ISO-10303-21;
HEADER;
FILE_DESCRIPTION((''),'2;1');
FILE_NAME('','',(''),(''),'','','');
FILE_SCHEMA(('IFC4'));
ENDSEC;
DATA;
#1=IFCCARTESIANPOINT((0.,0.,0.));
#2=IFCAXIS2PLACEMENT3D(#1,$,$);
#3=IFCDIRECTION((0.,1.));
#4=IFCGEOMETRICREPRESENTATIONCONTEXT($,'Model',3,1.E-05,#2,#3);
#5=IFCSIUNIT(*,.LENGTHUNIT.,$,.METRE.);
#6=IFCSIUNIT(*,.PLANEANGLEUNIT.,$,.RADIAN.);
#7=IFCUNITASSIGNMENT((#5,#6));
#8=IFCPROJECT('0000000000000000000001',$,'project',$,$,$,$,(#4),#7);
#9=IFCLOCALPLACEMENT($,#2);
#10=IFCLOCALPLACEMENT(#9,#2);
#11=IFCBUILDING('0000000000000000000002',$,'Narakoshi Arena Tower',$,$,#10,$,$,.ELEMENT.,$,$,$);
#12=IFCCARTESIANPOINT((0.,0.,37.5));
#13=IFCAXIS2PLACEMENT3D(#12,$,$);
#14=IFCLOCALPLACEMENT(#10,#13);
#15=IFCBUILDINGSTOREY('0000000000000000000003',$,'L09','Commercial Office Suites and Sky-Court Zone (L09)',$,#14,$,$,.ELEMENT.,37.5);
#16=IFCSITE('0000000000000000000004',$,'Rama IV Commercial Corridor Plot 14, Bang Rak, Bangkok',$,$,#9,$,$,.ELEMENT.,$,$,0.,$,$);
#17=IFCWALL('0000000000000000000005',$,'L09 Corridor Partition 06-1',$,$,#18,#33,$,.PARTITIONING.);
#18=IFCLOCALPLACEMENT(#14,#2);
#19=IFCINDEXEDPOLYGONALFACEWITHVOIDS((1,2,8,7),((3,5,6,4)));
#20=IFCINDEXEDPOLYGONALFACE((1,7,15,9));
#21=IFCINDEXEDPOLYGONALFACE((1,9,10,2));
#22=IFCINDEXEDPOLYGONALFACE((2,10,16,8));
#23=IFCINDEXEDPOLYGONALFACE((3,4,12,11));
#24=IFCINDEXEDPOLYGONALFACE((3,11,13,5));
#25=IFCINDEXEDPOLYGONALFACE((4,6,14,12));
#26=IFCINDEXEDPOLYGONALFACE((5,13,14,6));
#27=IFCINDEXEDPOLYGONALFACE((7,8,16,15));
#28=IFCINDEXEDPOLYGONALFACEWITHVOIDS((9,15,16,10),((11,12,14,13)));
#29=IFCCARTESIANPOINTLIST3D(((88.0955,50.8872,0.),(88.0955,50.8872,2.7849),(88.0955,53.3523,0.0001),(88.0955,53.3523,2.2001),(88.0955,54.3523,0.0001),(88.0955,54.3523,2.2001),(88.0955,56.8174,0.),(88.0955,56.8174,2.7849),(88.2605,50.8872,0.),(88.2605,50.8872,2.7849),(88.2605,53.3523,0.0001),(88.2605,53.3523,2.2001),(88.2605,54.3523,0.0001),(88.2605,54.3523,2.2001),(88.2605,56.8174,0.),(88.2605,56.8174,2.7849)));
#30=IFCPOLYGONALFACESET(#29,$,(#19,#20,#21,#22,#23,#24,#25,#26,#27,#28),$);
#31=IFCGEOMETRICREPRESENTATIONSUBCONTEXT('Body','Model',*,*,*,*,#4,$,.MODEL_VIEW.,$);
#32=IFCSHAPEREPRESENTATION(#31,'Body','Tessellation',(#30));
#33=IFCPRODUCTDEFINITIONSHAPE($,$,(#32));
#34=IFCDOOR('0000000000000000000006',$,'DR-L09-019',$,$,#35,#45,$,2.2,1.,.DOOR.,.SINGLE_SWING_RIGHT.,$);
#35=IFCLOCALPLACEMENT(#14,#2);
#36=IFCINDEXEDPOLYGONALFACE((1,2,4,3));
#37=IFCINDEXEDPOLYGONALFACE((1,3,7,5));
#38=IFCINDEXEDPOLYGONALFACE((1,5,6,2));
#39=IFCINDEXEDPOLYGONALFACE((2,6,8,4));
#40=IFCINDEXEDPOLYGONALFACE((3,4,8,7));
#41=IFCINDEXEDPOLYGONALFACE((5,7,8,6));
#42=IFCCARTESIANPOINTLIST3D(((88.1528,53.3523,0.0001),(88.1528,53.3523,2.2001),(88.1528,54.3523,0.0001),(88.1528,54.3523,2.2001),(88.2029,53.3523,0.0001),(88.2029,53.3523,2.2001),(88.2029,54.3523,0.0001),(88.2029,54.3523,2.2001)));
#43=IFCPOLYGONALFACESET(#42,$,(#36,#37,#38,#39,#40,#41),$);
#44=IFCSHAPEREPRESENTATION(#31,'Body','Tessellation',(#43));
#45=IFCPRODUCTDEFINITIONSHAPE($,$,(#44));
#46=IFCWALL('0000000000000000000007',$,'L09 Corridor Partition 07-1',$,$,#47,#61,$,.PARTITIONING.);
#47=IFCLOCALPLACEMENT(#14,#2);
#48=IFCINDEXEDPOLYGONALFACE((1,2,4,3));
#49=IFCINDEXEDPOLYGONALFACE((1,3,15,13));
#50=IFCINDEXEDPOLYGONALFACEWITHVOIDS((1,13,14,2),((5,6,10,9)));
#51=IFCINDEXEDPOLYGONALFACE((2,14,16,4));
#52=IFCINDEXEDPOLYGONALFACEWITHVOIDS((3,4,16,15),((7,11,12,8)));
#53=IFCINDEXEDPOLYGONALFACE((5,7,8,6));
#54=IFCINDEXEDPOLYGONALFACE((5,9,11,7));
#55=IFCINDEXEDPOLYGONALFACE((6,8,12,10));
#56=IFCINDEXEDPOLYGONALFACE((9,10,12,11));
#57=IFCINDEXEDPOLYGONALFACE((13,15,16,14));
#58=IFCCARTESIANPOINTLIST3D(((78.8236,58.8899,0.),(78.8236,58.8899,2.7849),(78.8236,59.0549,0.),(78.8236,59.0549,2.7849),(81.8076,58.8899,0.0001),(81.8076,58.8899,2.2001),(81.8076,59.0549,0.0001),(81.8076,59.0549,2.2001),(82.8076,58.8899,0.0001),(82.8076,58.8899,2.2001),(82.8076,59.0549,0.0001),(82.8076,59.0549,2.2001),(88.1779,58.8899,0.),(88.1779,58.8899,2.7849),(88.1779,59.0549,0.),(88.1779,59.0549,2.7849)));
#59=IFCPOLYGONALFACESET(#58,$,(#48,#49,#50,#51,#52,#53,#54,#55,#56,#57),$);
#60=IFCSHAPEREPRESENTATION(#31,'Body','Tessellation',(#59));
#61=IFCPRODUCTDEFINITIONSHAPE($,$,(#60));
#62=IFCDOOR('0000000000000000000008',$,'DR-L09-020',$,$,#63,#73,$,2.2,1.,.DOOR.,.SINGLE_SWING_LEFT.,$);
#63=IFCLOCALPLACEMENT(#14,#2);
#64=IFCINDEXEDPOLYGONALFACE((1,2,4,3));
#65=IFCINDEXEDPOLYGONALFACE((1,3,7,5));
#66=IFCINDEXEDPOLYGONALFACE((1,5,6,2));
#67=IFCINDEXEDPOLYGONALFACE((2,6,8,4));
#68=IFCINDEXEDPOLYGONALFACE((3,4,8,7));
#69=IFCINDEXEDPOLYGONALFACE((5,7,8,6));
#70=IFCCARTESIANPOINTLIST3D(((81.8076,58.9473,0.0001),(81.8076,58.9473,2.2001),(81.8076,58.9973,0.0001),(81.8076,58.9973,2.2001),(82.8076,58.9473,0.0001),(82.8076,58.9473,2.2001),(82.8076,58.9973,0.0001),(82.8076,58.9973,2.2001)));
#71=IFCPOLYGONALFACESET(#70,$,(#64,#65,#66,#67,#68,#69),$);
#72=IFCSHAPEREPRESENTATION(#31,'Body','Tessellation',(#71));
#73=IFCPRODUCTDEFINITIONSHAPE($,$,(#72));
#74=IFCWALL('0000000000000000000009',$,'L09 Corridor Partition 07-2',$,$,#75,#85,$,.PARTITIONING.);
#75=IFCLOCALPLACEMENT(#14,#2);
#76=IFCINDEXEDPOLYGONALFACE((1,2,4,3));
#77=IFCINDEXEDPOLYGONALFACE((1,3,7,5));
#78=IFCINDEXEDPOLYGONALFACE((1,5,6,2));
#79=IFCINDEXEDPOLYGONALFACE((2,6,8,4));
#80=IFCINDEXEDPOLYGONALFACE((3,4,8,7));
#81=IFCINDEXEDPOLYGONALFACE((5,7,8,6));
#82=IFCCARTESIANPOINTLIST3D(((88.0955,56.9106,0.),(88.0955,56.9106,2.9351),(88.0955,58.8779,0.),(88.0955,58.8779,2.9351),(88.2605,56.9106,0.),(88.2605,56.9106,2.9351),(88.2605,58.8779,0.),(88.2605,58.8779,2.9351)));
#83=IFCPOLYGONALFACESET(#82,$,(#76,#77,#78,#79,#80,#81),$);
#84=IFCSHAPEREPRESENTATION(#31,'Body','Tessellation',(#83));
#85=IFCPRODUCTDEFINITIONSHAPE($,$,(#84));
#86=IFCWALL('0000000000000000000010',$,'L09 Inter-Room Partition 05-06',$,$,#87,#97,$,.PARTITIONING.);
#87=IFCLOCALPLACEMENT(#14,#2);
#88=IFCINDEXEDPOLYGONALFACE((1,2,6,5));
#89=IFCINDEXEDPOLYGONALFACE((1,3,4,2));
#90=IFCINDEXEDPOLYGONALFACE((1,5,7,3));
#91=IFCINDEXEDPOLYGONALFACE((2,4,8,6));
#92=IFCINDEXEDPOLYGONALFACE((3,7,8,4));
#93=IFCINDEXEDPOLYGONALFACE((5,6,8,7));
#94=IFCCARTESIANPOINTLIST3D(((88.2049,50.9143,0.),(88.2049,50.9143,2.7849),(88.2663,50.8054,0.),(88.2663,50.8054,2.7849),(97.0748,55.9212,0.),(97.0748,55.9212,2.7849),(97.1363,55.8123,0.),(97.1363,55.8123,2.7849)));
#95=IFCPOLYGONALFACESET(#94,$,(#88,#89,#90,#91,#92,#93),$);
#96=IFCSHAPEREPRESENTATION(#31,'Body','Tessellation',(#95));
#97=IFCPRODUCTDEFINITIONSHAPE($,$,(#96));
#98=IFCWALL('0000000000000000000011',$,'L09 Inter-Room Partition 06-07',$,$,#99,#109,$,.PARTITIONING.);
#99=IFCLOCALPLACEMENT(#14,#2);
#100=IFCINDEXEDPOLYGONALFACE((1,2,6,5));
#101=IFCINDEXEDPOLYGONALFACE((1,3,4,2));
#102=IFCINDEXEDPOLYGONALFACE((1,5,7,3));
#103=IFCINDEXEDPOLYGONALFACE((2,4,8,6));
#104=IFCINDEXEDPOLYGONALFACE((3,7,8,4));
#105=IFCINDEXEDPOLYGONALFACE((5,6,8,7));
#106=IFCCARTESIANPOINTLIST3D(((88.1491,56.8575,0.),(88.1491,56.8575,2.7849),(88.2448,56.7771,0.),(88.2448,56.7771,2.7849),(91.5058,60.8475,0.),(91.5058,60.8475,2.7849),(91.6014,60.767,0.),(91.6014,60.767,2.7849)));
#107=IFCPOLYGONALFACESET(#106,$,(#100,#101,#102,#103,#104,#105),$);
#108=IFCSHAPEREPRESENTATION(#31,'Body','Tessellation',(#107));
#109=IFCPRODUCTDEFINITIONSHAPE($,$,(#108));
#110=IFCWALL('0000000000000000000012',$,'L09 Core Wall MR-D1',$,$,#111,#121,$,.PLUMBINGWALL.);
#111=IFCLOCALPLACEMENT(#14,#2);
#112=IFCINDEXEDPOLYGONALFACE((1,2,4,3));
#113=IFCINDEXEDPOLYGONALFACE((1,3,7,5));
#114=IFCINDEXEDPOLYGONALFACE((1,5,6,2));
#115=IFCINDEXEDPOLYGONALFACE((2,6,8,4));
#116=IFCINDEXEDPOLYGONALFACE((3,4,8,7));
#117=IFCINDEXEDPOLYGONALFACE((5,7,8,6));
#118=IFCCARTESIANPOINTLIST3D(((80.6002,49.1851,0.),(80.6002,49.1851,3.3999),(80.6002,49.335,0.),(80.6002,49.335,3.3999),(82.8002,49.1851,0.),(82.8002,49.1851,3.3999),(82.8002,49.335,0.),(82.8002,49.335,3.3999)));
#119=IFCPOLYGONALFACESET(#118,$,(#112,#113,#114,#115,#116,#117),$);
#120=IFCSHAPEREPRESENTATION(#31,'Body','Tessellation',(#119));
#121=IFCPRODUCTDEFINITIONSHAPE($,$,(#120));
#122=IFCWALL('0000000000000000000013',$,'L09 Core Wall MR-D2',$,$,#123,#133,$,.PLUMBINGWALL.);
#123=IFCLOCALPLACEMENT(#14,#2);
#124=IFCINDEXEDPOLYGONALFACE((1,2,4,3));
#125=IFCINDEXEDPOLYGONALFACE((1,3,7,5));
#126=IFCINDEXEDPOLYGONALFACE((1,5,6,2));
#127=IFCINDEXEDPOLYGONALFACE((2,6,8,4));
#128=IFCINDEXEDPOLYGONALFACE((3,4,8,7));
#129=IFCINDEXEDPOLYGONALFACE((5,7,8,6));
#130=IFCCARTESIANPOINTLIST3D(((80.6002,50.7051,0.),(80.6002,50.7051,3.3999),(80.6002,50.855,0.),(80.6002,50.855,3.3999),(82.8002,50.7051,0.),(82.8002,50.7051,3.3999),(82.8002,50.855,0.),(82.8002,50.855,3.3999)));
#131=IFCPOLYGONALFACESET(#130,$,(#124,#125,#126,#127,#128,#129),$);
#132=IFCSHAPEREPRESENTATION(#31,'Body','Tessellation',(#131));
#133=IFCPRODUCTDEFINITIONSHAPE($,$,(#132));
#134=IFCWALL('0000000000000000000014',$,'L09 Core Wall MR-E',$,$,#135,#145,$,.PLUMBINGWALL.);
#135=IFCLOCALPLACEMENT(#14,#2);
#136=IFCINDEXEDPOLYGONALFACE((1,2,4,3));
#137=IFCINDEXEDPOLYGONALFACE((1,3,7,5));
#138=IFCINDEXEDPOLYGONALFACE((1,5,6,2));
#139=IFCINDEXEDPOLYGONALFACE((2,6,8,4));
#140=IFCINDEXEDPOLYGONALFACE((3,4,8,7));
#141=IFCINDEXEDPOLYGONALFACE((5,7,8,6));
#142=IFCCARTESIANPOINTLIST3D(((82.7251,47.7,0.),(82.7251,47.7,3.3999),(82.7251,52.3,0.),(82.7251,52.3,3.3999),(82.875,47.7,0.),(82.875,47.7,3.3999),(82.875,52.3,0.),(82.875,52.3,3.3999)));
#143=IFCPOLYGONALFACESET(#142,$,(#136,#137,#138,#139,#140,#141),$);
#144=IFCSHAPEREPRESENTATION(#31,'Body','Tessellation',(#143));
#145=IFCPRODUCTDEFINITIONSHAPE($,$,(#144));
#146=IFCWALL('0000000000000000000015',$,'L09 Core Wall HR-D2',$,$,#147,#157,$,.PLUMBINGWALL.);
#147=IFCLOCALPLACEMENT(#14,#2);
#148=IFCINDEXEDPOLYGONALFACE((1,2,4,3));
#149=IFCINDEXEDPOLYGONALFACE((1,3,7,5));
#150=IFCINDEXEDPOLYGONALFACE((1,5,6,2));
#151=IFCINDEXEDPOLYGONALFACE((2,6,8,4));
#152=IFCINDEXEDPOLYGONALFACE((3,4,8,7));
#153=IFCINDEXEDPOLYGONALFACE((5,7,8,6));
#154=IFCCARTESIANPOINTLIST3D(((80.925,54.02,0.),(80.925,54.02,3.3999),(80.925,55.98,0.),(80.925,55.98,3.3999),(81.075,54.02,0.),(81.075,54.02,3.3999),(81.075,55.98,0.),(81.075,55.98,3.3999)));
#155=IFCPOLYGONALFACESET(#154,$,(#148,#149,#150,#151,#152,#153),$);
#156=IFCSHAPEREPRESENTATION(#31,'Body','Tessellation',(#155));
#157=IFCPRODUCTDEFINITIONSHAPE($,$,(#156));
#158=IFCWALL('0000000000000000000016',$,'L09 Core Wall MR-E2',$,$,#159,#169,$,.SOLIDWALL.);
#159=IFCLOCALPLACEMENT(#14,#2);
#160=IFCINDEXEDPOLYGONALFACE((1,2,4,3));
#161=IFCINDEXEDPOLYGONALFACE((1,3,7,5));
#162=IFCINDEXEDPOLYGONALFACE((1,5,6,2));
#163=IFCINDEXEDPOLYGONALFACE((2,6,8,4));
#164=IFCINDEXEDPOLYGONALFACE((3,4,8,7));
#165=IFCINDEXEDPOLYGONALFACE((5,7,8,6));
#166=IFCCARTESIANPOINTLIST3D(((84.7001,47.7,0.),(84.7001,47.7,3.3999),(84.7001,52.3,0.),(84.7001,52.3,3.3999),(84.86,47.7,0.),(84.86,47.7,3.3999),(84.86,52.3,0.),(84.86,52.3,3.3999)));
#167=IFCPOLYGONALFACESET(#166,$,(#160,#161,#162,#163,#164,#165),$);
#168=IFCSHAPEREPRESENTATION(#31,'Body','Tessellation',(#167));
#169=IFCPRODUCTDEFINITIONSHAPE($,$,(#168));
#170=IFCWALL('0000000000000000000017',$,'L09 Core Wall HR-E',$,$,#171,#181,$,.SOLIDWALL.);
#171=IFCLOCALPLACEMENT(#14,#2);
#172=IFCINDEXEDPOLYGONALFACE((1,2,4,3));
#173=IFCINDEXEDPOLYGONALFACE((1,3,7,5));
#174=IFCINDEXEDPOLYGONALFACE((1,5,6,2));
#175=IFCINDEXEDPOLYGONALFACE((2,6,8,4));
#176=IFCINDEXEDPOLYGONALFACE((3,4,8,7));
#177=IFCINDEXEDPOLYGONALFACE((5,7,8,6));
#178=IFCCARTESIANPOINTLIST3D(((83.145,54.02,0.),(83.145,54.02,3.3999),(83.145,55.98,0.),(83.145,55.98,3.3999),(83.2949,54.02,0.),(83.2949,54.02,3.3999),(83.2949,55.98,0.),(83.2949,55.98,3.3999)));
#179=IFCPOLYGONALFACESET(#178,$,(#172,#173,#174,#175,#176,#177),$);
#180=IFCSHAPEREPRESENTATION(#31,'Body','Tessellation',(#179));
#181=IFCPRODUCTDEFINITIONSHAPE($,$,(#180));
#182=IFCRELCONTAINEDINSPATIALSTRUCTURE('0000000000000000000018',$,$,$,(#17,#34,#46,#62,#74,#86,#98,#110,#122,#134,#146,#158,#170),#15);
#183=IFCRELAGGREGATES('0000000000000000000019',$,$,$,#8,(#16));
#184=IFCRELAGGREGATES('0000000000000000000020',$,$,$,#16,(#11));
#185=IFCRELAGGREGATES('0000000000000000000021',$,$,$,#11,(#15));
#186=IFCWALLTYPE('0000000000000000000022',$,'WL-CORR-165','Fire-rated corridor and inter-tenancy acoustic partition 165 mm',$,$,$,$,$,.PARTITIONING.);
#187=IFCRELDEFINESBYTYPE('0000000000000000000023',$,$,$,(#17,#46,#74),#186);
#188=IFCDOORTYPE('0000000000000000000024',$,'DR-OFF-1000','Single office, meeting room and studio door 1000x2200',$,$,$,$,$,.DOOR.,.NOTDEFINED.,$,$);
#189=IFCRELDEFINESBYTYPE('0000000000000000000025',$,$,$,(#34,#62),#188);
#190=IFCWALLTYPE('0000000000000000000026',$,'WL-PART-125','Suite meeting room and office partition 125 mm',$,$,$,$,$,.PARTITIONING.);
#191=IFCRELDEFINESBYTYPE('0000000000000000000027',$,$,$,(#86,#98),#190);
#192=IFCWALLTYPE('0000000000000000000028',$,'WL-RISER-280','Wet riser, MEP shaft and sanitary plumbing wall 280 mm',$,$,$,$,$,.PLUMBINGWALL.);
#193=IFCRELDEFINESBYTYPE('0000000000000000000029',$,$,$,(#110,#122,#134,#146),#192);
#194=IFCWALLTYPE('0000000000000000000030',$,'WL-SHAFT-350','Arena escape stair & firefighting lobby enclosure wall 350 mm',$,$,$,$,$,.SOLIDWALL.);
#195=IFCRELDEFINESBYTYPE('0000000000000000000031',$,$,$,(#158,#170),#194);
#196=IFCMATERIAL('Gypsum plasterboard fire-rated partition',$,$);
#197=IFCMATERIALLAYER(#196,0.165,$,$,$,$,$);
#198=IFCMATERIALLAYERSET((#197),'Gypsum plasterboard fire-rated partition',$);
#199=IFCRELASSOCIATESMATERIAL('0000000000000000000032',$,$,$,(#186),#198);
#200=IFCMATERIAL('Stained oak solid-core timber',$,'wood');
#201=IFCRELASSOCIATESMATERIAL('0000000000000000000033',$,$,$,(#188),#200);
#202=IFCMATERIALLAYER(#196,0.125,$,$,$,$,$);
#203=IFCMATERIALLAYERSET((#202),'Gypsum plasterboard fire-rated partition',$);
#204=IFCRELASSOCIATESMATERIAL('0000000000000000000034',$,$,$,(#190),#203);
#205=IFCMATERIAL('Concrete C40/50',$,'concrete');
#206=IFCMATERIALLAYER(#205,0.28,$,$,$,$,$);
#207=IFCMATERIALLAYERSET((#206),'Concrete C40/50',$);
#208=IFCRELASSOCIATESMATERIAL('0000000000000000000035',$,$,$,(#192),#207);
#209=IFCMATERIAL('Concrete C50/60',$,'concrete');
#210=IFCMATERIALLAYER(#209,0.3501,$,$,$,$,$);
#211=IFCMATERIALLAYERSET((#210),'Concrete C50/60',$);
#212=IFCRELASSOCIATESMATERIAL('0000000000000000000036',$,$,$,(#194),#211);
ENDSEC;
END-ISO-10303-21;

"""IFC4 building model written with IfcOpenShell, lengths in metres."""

from ifc_helpers import new_model, si_unit, direction, frame, frame_2d, origin, place, context, subcontext, project, spatial, rectangle, extrude, material, layer, layer_set, type_object, element, fill, save


model = new_model("IFC4")

# Units and contexts
model_context = context("Model", 3, precision=1e-05, world=origin(), true_north=direction((0.0, 1.0)))
body_context = subcontext(model_context, "Body", "Model", "MODEL_VIEW")
ifc_project = project(units=[si_unit("LENGTHUNIT", "METRE"), si_unit("PLANEANGLEUNIT", "RADIAN")], contexts=[model_context])

# Site, building, storey
site_placement = place(None, origin())
site = spatial("IfcSite", under=ifc_project, at=site_placement, Name="Rama IV Commercial Corridor Plot 14, Bang Rak, Bangkok", CompositionType="ELEMENT", RefElevation=0.0)
building_placement = place(site_placement, origin())
building = spatial("IfcBuilding", under=site, at=building_placement, Name="Narakoshi Arena Tower", CompositionType="ELEMENT")
storey_placement = place(building_placement, frame((0.0, 0.0, 37.5)))
storey = spatial("IfcBuildingStorey", under=building, at=storey_placement, Name="L09", Description="Commercial Office Suites and Sky-Court Zone (L09)", CompositionType="ELEMENT", Elevation=37.5)

# Walls, openings, doors
ifc_material_1 = material(Name="Gypsum plasterboard fire-rated partition")
ifc_layer_1 = layer(ifc_material_1, 0.165)
ifc_layer_set_1 = layer_set([ifc_layer_1], Name="Gypsum plasterboard fire-rated partition")
wall_type_1 = type_object("IfcWallType", Name="WL-CORR-165", Description="Fire-rated corridor and inter-tenancy acoustic partition 165 mm", PredefinedType="PARTITIONING", material=ifc_layer_set_1)
wall_1_placement = place(storey_placement, frame((88.178, 50.8872, 0.0), z_axis=(0.0, 0.0, 1.0), x_axis=(0.0, 1.0, 0.0)))
wall_1 = element("IfcWall", 1, at=wall_1_placement, inside=storey, type_object=wall_type_1, Name="L09 Corridor Partition 06-1", PredefinedType="PARTITIONING", context=body_context, shape_type="SweptSolid", body=[
    extrude(rectangle(XDim=5.9302, YDim=0.165, at=frame_2d((2.9651, 0.0))), origin(), (0.0, 0.0, 1.0), 2.7849),
])
opening_1_placement = place(wall_1_placement, frame((2.4651, 0.0, 0.0)))
opening_1 = element("IfcOpeningElement", 2, at=opening_1_placement, cuts=wall_1, PredefinedType="OPENING", context=body_context, shape_type="SweptSolid", body=[
    extrude(rectangle(XDim=1.0, YDim=2.2, at=frame_2d((0.5, 1.1001))), frame((0.0, 0.0925, 0.0), z_axis=(0.0, -1.0, 0.0), x_axis=(1.0, 0.0, 0.0)), (0.0, 0.0, 1.0), 0.1851),
])
ifc_material_2 = material(Name="Stained oak solid-core timber", Category="wood")
door_type = type_object("IfcDoorType", Name="DR-OFF-1000", Description="Single office, meeting room and studio door 1000x2200", OperationType="NOTDEFINED", PredefinedType="DOOR", material=ifc_material_2)
door_1_placement = place(opening_1_placement, frame((1.0, 0.0, 0.0), z_axis=(0.0, 0.0, 1.0), x_axis=(-1.0, 0.0, 0.0)))
door_1 = element("IfcDoor", 3, at=door_1_placement, inside=storey, type_object=door_type, Name="DR-L09-019", OperationType="SINGLE_SWING_RIGHT", OverallHeight=2.2, OverallWidth=1.0, PredefinedType="DOOR", context=body_context, shape_type="SweptSolid", body=[
    extrude(rectangle(XDim=1.0, YDim=2.2, at=frame_2d((0.5, 1.1001))), frame((0.0, 0.0249, 0.0), z_axis=(0.0, -1.0, 0.0), x_axis=(1.0, 0.0, 0.0)), (0.0, 0.0, 1.0), 0.05),
])
fill(opening_1, door_1)
wall_2_placement = place(storey_placement, frame((88.178, 58.9724, 0.0), z_axis=(0.0, 0.0, 1.0), x_axis=(-1.0, 0.0, 0.0)))
wall_2 = element("IfcWall", 4, at=wall_2_placement, inside=storey, type_object=wall_type_1, Name="L09 Corridor Partition 07-1", PredefinedType="PARTITIONING", context=body_context, shape_type="SweptSolid", body=[
    extrude(rectangle(XDim=9.3542, YDim=0.165, at=frame_2d((4.6772, 0.0))), origin(), (0.0, 0.0, 1.0), 2.7849),
])
opening_2_placement = place(wall_2_placement, frame((5.3704, 0.0, 0.0)))
opening_2 = element("IfcOpeningElement", 5, at=opening_2_placement, cuts=wall_2, PredefinedType="OPENING", context=body_context, shape_type="SweptSolid", body=[
    extrude(rectangle(XDim=1.0, YDim=2.2, at=frame_2d((0.5, 1.1001))), frame((0.0, 0.0925, 0.0), z_axis=(0.0, -1.0, 0.0), x_axis=(1.0, 0.0, 0.0)), (0.0, 0.0, 1.0), 0.1851),
])
door_2_placement = place(opening_2_placement, frame((1.0, 0.0, 0.0), z_axis=(0.0, 0.0, 1.0), x_axis=(-1.0, 0.0, 0.0)))
door_2 = element("IfcDoor", 6, at=door_2_placement, inside=storey, type_object=door_type, Name="DR-L09-020", OperationType="SINGLE_SWING_LEFT", OverallHeight=2.2, OverallWidth=1.0, PredefinedType="DOOR", context=body_context, shape_type="SweptSolid", body=[
    extrude(rectangle(XDim=1.0, YDim=2.2, at=frame_2d((0.5, 1.1001))), frame((0.0, 0.0249, 0.0), z_axis=(0.0, -1.0, 0.0), x_axis=(1.0, 0.0, 0.0)), (0.0, 0.0, 1.0), 0.05),
])
fill(opening_2, door_2)

# Walls
wall_3_placement = place(storey_placement, frame((88.178, 56.9106, 0.0), z_axis=(0.0, 0.0, 1.0), x_axis=(0.0, 1.0, 0.0)))
element("IfcWall", 7, at=wall_3_placement, inside=storey, type_object=wall_type_1, Name="L09 Corridor Partition 07-2", PredefinedType="PARTITIONING", context=body_context, shape_type="SweptSolid", body=[
    extrude(rectangle(XDim=1.9673, YDim=0.165, at=frame_2d((0.9836, 0.0))), origin(), (0.0, 0.0, 1.0), 2.9351),
])
ifc_layer_2 = layer(ifc_material_1, 0.125)
ifc_layer_set_2 = layer_set([ifc_layer_2], Name="Gypsum plasterboard fire-rated partition")
wall_type_2 = type_object("IfcWallType", Name="WL-PART-125", Description="Suite meeting room and office partition 125 mm", PredefinedType="PARTITIONING", material=ifc_layer_set_2)
wall_4_placement = place(storey_placement, frame((88.2356, 50.8599, 0.0), z_axis=(0.0, 0.0, 1.0), x_axis=(0.870839, 0.491568, 0.0)))
element("IfcWall", 8, at=wall_4_placement, inside=storey, type_object=wall_type_2, Name="L09 Inter-Room Partition 05-06", PredefinedType="PARTITIONING", context=body_context, shape_type="SweptSolid", body=[
    extrude(rectangle(XDim=10.1855, YDim=0.125, at=frame_2d((5.0928, 0.0))), origin(), (0.0, 0.0, 1.0), 2.7849),
])
wall_5_placement = place(storey_placement, frame((88.197, 56.8174, 0.0), z_axis=(0.0, 0.0, 1.0), x_axis=(0.643765, 0.765223, 0.0)))
element("IfcWall", 9, at=wall_5_placement, inside=storey, type_object=wall_type_2, Name="L09 Inter-Room Partition 06-07", PredefinedType="PARTITIONING", context=body_context, shape_type="SweptSolid", body=[
    extrude(rectangle(XDim=5.2141, YDim=0.125, at=frame_2d((2.6069, 0.0))), origin(), (0.0, 0.0, 1.0), 2.7849),
])
ifc_material_3 = material(Name="Concrete C40/50", Category="concrete")
ifc_layer_3 = layer(ifc_material_3, 0.28)
ifc_layer_set_3 = layer_set([ifc_layer_3], Name="Concrete C40/50")
wall_type_3 = type_object("IfcWallType", Name="WL-RISER-280", Description="Wet riser, MEP shaft and sanitary plumbing wall 280 mm", PredefinedType="PLUMBINGWALL", material=ifc_layer_set_3)
for number, where, z_axis, x_axis, name in (
    (10, (80.6001, 49.26, 0.0), (0.0, 0.0, 1.0), (1.0, 0.0, 0.0), "L09 Core Wall MR-D1"),
    (11, (80.6001, 50.78, 0.0), (0.0, 0.0, 1.0), (1.0, 0.0, 0.0), "L09 Core Wall MR-D2"),
):
    element("IfcWall", number, at=place(storey_placement, frame(where, z_axis=z_axis, x_axis=x_axis)), inside=storey, type_object=wall_type_3, Name=name, PredefinedType="PLUMBINGWALL", context=body_context, shape_type="SweptSolid", body=[
        extrude(rectangle(XDim=2.2, YDim=0.1499, at=frame_2d((1.1001, 0.0))), origin(), (0.0, 0.0, 1.0), 3.3999),
    ])
wall_6_placement = place(storey_placement, frame((82.8, 47.7, 0.0), z_axis=(0.0, 0.0, 1.0), x_axis=(0.0, 1.0, 0.0)))
element("IfcWall", 12, at=wall_6_placement, inside=storey, type_object=wall_type_3, Name="L09 Core Wall MR-E", PredefinedType="PLUMBINGWALL", context=body_context, shape_type="SweptSolid", body=[
    extrude(rectangle(XDim=4.6001, YDim=0.1499, at=frame_2d((2.3, 0.0))), origin(), (0.0, 0.0, 1.0), 3.3999),
])
wall_7_placement = place(storey_placement, frame((81.0, 54.02, 0.0), z_axis=(0.0, 0.0, 1.0), x_axis=(0.0, 1.0, 0.0)))
element("IfcWall", 13, at=wall_7_placement, inside=storey, type_object=wall_type_3, Name="L09 Core Wall HR-D2", PredefinedType="PLUMBINGWALL", context=body_context, shape_type="SweptSolid", body=[
    extrude(rectangle(XDim=1.96, YDim=0.1499, at=frame_2d((0.98, 0.0))), origin(), (0.0, 0.0, 1.0), 3.3999),
])
ifc_material_4 = material(Name="Concrete C50/60", Category="concrete")
ifc_layer_4 = layer(ifc_material_4, 0.3501)
ifc_layer_set_4 = layer_set([ifc_layer_4], Name="Concrete C50/60")
wall_type_4 = type_object("IfcWallType", Name="WL-SHAFT-350", Description="Arena escape stair & firefighting lobby enclosure wall 350 mm", PredefinedType="SOLIDWALL", material=ifc_layer_set_4)
wall_8_placement = place(storey_placement, frame((84.78, 47.7, 0.0), z_axis=(0.0, 0.0, 1.0), x_axis=(0.0, 1.0, 0.0)))
element("IfcWall", 14, at=wall_8_placement, inside=storey, type_object=wall_type_4, Name="L09 Core Wall MR-E2", PredefinedType="SOLIDWALL", context=body_context, shape_type="SweptSolid", body=[
    extrude(rectangle(XDim=4.6001, YDim=0.1599, at=frame_2d((2.3, 0.0))), origin(), (0.0, 0.0, 1.0), 3.3999),
])
wall_9_placement = place(storey_placement, frame((83.22, 54.02, 0.0), z_axis=(0.0, 0.0, 1.0), x_axis=(0.0, 1.0, 0.0)))
element("IfcWall", 15, at=wall_9_placement, inside=storey, type_object=wall_type_4, Name="L09 Core Wall HR-E", PredefinedType="SOLIDWALL", context=body_context, shape_type="SweptSolid", body=[
    extrude(rectangle(XDim=1.96, YDim=0.1499, at=frame_2d((0.98, 0.0))), origin(), (0.0, 0.0, 1.0), 3.3999),
])

save(model, "model.ifc")
